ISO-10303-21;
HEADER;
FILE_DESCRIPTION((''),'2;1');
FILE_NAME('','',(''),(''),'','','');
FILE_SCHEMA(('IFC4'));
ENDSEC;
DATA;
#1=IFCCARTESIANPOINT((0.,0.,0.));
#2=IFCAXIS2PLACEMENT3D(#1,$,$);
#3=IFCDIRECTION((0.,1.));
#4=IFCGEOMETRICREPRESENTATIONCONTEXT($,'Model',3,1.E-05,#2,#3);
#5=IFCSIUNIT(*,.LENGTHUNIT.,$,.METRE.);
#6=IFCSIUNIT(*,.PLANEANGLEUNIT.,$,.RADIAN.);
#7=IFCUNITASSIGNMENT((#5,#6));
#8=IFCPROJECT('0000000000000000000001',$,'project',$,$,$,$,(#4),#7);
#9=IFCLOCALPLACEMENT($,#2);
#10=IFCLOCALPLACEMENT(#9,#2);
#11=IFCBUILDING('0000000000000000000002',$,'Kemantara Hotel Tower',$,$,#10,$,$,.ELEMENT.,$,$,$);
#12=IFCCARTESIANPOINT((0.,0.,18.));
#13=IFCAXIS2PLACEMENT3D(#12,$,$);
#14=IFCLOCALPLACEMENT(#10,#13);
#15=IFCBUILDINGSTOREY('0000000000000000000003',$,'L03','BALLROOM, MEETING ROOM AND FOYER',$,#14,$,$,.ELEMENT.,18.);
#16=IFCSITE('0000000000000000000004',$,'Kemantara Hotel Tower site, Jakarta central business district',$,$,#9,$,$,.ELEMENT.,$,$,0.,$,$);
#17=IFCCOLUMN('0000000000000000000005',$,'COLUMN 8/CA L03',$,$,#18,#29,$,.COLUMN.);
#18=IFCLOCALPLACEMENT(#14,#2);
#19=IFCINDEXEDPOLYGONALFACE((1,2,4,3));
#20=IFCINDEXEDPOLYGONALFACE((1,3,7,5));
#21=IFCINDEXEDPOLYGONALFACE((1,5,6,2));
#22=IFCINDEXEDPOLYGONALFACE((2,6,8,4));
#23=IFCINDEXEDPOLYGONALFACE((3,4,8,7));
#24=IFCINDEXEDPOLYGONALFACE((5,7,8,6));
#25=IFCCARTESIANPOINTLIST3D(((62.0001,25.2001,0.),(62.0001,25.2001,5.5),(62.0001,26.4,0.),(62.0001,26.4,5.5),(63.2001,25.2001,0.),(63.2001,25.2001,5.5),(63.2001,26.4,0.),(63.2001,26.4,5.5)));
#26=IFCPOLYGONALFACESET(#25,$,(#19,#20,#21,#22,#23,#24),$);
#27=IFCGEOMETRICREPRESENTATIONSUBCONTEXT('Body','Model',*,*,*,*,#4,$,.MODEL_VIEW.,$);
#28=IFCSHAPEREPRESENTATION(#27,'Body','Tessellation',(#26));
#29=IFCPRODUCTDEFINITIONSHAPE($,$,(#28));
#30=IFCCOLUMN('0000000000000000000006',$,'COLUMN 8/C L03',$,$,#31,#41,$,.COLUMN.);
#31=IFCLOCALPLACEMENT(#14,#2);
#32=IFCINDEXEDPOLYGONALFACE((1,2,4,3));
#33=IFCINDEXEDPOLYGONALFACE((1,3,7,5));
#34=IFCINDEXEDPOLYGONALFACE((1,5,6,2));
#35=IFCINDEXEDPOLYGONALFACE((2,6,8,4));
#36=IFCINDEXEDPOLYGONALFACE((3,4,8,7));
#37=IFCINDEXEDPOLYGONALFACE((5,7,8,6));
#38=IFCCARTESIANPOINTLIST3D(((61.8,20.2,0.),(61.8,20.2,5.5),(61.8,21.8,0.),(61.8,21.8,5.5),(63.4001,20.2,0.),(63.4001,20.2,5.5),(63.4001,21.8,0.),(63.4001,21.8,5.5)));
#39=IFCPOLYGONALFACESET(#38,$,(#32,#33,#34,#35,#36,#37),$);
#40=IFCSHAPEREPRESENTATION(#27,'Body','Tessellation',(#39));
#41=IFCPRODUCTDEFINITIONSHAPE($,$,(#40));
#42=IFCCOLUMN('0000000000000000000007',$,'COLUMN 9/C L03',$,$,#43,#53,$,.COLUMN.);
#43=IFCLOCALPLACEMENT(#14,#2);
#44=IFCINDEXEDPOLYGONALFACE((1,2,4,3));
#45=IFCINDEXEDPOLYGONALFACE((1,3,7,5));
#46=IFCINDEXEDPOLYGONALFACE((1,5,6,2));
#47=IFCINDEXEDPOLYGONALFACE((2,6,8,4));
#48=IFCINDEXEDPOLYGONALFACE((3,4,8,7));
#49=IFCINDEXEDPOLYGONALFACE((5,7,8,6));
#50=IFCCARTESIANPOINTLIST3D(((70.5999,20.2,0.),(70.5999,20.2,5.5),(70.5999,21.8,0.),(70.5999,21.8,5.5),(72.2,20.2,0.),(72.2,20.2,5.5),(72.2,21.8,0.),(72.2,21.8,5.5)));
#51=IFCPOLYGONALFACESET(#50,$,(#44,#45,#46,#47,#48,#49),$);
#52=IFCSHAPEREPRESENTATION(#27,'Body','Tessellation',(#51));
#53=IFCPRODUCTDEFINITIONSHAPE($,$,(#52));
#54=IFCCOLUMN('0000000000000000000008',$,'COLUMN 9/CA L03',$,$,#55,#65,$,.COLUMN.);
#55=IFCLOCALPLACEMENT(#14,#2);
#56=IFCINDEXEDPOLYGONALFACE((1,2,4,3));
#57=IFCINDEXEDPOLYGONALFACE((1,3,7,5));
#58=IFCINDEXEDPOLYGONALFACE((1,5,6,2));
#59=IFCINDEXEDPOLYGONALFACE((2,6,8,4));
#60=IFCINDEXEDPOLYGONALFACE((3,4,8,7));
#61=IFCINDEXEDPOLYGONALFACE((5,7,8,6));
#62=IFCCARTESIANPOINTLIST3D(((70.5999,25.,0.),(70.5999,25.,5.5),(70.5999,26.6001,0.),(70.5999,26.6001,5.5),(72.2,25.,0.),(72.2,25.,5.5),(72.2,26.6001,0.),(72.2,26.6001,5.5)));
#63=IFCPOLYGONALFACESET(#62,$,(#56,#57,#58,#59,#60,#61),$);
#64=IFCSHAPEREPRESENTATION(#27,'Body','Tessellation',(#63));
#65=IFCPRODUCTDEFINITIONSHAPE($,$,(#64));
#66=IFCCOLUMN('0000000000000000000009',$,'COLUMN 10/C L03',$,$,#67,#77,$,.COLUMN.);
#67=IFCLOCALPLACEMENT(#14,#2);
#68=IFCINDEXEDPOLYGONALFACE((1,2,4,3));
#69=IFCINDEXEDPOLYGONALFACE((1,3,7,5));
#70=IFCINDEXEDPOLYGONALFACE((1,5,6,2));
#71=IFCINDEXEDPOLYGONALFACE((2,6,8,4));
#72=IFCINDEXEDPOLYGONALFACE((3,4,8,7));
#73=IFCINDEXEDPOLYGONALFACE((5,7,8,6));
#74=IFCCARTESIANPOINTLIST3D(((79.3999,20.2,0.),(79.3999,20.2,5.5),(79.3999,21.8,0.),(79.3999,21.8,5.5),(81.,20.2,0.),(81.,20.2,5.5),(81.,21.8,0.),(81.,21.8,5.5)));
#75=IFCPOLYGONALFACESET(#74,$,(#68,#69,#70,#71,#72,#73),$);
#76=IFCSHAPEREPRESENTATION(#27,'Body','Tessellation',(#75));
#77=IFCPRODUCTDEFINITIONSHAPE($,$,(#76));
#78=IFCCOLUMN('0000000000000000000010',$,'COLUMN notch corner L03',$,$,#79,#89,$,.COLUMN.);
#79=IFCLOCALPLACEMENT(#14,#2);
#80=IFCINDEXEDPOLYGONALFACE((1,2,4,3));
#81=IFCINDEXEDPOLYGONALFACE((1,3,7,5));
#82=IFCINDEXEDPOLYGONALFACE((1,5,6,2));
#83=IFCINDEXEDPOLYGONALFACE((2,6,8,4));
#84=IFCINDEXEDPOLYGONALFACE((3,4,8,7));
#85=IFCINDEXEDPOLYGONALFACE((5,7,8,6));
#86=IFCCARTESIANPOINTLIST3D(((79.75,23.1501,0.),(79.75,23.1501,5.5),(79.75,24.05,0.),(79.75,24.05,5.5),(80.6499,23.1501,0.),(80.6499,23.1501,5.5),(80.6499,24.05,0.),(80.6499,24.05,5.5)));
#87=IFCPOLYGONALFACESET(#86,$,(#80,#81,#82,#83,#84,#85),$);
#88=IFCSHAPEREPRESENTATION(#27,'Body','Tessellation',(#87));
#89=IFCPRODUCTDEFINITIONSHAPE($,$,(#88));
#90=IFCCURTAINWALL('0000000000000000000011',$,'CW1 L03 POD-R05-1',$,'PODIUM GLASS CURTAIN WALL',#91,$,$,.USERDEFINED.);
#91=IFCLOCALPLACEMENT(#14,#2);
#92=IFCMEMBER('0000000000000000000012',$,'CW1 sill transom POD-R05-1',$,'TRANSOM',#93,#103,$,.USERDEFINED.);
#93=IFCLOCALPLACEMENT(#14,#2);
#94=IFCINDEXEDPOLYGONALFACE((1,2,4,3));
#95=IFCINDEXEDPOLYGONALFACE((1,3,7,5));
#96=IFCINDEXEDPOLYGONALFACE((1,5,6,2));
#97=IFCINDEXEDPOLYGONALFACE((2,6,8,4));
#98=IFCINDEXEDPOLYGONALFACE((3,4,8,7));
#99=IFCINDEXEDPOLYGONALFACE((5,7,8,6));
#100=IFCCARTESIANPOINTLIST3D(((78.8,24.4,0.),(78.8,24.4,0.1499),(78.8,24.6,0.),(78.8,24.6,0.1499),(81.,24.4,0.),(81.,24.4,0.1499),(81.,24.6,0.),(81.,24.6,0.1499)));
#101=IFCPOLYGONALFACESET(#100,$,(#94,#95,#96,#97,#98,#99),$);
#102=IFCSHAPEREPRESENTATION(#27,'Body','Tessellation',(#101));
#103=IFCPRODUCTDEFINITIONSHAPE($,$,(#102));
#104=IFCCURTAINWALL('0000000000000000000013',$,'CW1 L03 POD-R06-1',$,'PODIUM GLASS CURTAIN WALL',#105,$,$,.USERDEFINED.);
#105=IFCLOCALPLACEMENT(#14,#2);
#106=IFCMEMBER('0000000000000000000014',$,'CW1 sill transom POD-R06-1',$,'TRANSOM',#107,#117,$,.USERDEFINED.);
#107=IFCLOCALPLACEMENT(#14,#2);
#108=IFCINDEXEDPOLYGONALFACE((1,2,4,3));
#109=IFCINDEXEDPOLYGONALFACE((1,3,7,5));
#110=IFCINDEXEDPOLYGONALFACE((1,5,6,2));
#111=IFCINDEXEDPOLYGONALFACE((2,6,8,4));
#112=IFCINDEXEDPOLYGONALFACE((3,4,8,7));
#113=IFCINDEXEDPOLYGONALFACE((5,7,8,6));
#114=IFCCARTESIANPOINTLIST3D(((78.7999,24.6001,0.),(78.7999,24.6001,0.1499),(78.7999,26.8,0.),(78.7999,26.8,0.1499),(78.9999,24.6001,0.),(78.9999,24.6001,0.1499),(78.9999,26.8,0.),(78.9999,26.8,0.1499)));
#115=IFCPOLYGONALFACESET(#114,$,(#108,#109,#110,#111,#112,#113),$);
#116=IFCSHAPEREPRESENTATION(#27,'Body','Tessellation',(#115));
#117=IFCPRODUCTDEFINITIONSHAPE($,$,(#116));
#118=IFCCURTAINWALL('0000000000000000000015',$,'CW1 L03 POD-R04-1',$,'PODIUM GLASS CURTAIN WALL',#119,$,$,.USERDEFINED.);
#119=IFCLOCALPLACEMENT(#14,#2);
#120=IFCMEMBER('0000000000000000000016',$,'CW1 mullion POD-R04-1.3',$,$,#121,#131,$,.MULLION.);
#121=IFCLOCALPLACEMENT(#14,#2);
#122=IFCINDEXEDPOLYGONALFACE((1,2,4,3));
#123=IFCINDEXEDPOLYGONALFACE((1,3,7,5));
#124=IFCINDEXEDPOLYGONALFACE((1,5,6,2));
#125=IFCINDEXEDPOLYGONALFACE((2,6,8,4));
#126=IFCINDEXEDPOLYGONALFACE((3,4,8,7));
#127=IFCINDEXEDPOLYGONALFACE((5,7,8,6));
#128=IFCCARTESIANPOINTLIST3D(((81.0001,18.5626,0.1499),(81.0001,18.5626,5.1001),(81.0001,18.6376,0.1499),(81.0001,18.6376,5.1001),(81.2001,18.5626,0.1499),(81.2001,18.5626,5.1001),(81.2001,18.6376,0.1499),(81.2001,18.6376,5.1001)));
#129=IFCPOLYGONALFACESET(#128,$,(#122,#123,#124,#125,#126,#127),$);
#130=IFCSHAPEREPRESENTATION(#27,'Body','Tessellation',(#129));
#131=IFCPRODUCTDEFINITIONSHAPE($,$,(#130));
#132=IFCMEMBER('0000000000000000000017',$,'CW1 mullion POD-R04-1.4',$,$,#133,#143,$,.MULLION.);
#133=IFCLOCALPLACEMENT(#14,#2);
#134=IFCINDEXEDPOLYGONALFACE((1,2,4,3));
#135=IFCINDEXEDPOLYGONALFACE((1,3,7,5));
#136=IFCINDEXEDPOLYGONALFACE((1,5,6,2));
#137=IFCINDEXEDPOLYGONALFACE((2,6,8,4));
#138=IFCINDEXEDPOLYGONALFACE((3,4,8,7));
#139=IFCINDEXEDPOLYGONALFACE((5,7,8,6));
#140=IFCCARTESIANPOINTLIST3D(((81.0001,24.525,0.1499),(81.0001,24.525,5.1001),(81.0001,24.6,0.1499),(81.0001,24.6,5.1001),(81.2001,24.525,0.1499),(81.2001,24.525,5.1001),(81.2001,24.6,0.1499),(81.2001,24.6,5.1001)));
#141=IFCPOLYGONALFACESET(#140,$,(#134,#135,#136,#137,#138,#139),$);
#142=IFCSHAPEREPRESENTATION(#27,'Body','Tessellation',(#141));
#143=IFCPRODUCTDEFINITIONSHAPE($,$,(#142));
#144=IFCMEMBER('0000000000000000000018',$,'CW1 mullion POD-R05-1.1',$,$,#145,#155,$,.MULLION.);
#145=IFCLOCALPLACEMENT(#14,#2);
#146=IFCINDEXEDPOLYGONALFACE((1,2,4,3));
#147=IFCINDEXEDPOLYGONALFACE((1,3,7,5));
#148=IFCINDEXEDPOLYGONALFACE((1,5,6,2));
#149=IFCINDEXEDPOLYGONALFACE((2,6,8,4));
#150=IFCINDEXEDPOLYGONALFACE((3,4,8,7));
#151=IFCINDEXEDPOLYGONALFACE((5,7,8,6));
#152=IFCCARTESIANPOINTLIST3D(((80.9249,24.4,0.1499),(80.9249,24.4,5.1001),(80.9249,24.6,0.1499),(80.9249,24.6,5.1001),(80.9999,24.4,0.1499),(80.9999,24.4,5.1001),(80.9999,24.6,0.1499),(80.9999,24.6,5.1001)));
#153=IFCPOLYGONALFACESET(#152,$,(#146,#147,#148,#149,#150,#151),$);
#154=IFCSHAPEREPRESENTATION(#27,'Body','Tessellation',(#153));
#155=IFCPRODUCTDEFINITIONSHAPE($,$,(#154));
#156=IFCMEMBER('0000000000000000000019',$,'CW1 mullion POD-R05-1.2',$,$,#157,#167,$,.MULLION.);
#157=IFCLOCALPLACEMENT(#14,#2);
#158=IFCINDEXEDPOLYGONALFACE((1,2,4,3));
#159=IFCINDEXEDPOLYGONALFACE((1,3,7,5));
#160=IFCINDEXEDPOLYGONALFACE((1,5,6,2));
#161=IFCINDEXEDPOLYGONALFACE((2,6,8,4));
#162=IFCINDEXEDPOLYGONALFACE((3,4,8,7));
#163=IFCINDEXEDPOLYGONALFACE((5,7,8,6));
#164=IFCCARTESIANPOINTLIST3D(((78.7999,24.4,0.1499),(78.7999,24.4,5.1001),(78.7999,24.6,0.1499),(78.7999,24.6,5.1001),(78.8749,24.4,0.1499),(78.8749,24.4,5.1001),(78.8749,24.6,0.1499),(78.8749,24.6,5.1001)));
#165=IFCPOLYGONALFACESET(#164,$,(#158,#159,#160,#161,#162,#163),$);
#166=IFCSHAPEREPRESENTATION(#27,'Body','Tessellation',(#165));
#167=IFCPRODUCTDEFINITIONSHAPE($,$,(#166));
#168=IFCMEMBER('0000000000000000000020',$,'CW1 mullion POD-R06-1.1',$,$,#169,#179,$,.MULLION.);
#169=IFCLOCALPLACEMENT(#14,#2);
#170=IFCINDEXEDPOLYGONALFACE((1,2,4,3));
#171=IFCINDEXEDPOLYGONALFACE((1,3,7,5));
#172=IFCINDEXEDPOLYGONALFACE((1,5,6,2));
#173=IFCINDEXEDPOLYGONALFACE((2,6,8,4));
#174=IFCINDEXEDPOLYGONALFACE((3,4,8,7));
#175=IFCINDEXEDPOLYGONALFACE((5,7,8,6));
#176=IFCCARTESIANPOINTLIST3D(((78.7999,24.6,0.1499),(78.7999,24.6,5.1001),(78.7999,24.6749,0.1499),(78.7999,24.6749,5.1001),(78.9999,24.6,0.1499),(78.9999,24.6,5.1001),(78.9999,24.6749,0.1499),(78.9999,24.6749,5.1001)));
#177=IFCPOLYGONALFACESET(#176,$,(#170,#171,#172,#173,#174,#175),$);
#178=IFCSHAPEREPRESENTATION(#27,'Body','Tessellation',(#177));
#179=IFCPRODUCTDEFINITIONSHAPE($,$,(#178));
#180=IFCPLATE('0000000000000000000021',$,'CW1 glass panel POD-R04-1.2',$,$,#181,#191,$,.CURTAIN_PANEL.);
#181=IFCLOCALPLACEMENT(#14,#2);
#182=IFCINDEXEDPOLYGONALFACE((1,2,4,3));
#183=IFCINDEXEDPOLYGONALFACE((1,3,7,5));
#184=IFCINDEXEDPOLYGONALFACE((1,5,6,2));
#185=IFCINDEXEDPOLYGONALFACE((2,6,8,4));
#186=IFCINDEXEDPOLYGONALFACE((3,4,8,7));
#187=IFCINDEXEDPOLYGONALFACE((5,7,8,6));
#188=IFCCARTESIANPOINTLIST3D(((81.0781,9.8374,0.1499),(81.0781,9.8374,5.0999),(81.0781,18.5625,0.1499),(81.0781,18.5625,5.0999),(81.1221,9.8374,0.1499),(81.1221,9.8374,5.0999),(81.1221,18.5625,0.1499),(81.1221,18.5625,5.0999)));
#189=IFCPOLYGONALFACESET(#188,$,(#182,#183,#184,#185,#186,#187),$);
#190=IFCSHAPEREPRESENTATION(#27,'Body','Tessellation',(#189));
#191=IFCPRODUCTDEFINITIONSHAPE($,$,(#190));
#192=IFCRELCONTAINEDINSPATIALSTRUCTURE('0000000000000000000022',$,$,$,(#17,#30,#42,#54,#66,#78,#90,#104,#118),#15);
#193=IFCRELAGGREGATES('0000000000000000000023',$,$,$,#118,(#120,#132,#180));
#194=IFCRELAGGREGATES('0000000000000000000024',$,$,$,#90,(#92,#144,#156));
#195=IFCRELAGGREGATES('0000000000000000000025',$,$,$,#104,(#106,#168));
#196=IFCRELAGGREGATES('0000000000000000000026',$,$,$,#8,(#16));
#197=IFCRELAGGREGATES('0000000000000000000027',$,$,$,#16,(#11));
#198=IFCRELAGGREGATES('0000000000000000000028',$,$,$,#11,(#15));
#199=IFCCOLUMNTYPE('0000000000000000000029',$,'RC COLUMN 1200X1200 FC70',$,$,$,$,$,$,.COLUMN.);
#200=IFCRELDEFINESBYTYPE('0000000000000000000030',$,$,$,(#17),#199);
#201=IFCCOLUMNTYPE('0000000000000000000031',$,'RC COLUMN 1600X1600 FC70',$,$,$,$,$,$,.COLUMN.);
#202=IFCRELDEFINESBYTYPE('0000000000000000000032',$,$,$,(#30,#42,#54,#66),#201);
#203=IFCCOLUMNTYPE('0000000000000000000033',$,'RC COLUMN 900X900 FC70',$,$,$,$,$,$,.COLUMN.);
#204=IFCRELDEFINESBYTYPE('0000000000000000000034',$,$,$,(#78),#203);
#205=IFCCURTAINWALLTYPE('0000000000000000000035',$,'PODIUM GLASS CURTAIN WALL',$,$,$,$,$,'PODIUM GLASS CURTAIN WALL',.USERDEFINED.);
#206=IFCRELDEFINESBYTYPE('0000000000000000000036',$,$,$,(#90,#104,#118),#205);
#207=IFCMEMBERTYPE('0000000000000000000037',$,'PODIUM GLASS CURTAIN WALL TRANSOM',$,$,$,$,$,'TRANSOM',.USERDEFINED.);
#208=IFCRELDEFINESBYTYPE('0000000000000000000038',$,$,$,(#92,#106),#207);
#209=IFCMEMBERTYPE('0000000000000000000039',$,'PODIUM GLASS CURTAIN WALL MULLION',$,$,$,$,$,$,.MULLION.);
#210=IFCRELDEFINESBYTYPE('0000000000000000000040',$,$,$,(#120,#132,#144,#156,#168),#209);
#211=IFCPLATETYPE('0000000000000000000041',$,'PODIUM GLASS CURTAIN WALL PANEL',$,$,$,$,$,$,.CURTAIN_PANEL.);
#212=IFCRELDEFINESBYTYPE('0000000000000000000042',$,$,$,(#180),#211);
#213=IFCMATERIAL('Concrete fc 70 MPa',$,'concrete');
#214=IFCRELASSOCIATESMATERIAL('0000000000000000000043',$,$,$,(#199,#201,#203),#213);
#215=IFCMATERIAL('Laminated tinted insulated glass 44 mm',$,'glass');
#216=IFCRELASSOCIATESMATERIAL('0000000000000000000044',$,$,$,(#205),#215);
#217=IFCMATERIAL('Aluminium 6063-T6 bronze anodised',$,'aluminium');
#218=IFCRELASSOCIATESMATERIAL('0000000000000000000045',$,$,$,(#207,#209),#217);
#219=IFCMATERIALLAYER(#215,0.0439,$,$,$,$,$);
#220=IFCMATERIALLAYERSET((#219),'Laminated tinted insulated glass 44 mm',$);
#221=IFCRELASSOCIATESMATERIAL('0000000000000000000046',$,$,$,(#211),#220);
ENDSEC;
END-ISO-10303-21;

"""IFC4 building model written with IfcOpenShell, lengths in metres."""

from ifc_helpers import new_model, si_unit, direction, frame, origin, origin_2d, place, context, subcontext, project, spatial, rectangle, extrude, source, transform, mapped, material, layer, layer_set, material_profile, profile_set, type_object, element, aggregate, save


model = new_model("IFC4")

# Units and contexts
model_context = context("Model", 3, precision=1e-05, world=origin(), true_north=direction((0.0, 1.0)))
body_context = subcontext(model_context, "Body", "Model", "MODEL_VIEW")
ifc_project = project(units=[si_unit("LENGTHUNIT", "METRE"), si_unit("PLANEANGLEUNIT", "RADIAN")], contexts=[model_context])

# Site, building, storey
site_placement = place(None, origin())
site = spatial("IfcSite", under=ifc_project, at=site_placement, Name="Kemantara Hotel Tower site, Jakarta central business district", CompositionType="ELEMENT", RefElevation=0.0)
building_placement = place(site_placement, origin())
building = spatial("IfcBuilding", under=site, at=building_placement, Name="Kemantara Hotel Tower", CompositionType="ELEMENT")
storey_placement = place(building_placement, frame((0.0, 0.0, 18.0)))
storey = spatial("IfcBuildingStorey", under=building, at=storey_placement, Name="L03", Description="BALLROOM, MEETING ROOM AND FOYER", CompositionType="ELEMENT", Elevation=18.0)

# Columns
ifc_material_1 = material(Name="Concrete fc 70 MPa", Category="concrete")
ifc_material_profile_1 = material_profile(ifc_material_1, rectangle(XDim=1.2, YDim=1.2, at=origin_2d()), Name="RC 1200X1200")
ifc_profile_set_1 = profile_set([ifc_material_profile_1], Name="Concrete fc 70 MPa")
column_type_1 = type_object("IfcColumnType", Name="RC COLUMN 1200X1200 FC70", PredefinedType="COLUMN", material=ifc_profile_set_1)
column_1_placement = place(storey_placement, frame((62.6001, 25.8, 0.0), z_axis=(0.0, 0.0, 1.0), x_axis=(1.0, 0.0, 0.0)))
element("IfcColumn", 1, at=column_1_placement, inside=storey, type_object=column_type_1, Name="COLUMN 8/CA L03", PredefinedType="COLUMN", context=body_context, shape_type="SweptSolid", body=[
    extrude(rectangle(XDim=1.2, YDim=1.2, at=origin_2d()), origin(), (0.0, 0.0, 1.0), 5.5),
])
ifc_material_profile_2 = material_profile(ifc_material_1, rectangle(XDim=1.6001, YDim=1.6001, at=origin_2d()), Name="RC 1600X1600")
ifc_profile_set_2 = profile_set([ifc_material_profile_2], Name="Concrete fc 70 MPa")
column_type_2 = type_object("IfcColumnType", Name="RC COLUMN 1600X1600 FC70", PredefinedType="COLUMN", material=ifc_profile_set_2)
for number, where, z_axis, x_axis, name in (
    (2, (62.6001, 21.0, 0.0), (0.0, 0.0, 1.0), (1.0, 0.0, 0.0), "COLUMN 8/C L03"),
    (3, (71.3999, 21.0, 0.0), (0.0, 0.0, 1.0), (1.0, 0.0, 0.0), "COLUMN 9/C L03"),
    (4, (71.3999, 25.8, 0.0), (0.0, 0.0, 1.0), (1.0, 0.0, 0.0), "COLUMN 9/CA L03"),
    (5, (80.2, 21.0, 0.0), (0.0, 0.0, 1.0), (1.0, 0.0, 0.0), "COLUMN 10/C L03"),
):
    element("IfcColumn", number, at=place(storey_placement, frame(where, z_axis=z_axis, x_axis=x_axis)), inside=storey, type_object=column_type_2, Name=name, PredefinedType="COLUMN", context=body_context, shape_type="SweptSolid", body=[
        extrude(rectangle(XDim=1.6001, YDim=1.6001, at=origin_2d()), origin(), (0.0, 0.0, 1.0), 5.5),
    ])
ifc_material_profile_3 = material_profile(ifc_material_1, rectangle(XDim=0.8999, YDim=0.8999, at=origin_2d()), Name="RC 900X900")
ifc_profile_set_3 = profile_set([ifc_material_profile_3], Name="Concrete fc 70 MPa")
column_type_3 = type_object("IfcColumnType", Name="RC COLUMN 900X900 FC70", PredefinedType="COLUMN", material=ifc_profile_set_3)
column_2_placement = place(storey_placement, frame((80.2, 23.6001, 0.0), z_axis=(0.0, 0.0, 1.0), x_axis=(1.0, 0.0, 0.0)))
element("IfcColumn", 6, at=column_2_placement, inside=storey, type_object=column_type_3, Name="COLUMN notch corner L03", PredefinedType="COLUMN", context=body_context, shape_type="SweptSolid", body=[
    extrude(rectangle(XDim=0.8999, YDim=0.8999, at=origin_2d()), origin(), (0.0, 0.0, 1.0), 5.5),
])

# Curtain walls, members
ifc_material_2 = material(Name="Laminated tinted insulated glass 44 mm", Category="glass")
curtain_wall_type = type_object("IfcCurtainWallType", Name="PODIUM GLASS CURTAIN WALL", ElementType="PODIUM GLASS CURTAIN WALL", PredefinedType="USERDEFINED", material=ifc_material_2)
curtain_wall_1_placement = place(storey_placement, origin())
curtain_wall_1 = element("IfcCurtainWall", 7, at=curtain_wall_1_placement, inside=storey, type_object=curtain_wall_type, Name="CW1 L03 POD-R05-1", ObjectType="PODIUM GLASS CURTAIN WALL", PredefinedType="USERDEFINED")
ifc_material_3 = material(Name="Aluminium 6063-T6 bronze anodised", Category="aluminium")
ifc_material_profile_4 = material_profile(ifc_material_3, rectangle(XDim=0.2, YDim=0.1499, at=origin_2d()), Name="PODIUM GLASS CURTAIN WALL TRANSOM")
ifc_profile_set_4 = profile_set([ifc_material_profile_4], Name="Aluminium 6063-T6 bronze anodised")
member_type_1 = type_object("IfcMemberType", Name="PODIUM GLASS CURTAIN WALL TRANSOM", ElementType="TRANSOM", PredefinedType="USERDEFINED", material=ifc_profile_set_4)
member_1_placement = place(storey_placement, frame((81.0, 24.5, 0.075), z_axis=(-1.0, 0.0, 0.0), x_axis=(0.0, -1.0, 0.0)))
member_1 = element("IfcMember", 8, at=member_1_placement, type_object=member_type_1, Name="CW1 sill transom POD-R05-1", ObjectType="TRANSOM", PredefinedType="USERDEFINED", context=body_context, shape_type="SweptSolid", body=[
    extrude(rectangle(XDim=0.2, YDim=0.1499, at=origin_2d()), origin(), (0.0, 0.0, 1.0), 2.2),
])
curtain_wall_2_placement = place(storey_placement, origin())
curtain_wall_2 = element("IfcCurtainWall", 9, at=curtain_wall_2_placement, inside=storey, type_object=curtain_wall_type, Name="CW1 L03 POD-R06-1", ObjectType="PODIUM GLASS CURTAIN WALL", PredefinedType="USERDEFINED")
member_2_placement = place(storey_placement, frame((78.8999, 24.6001, 0.075), z_axis=(0.0, 1.0, 0.0), x_axis=(-1.0, 0.0, 0.0)))
member_2 = element("IfcMember", 10, at=member_2_placement, type_object=member_type_1, Name="CW1 sill transom POD-R06-1", ObjectType="TRANSOM", PredefinedType="USERDEFINED", context=body_context, shape_type="SweptSolid", body=[
    extrude(rectangle(XDim=0.2, YDim=0.1499, at=origin_2d()), origin(), (0.0, 0.0, 1.0), 2.2),
])

# Curtain wall, members
curtain_wall_3_placement = place(storey_placement, origin())
curtain_wall_3 = element("IfcCurtainWall", 11, at=curtain_wall_3_placement, inside=storey, type_object=curtain_wall_type, Name="CW1 L03 POD-R04-1", ObjectType="PODIUM GLASS CURTAIN WALL", PredefinedType="USERDEFINED")
ifc_material_profile_5 = material_profile(ifc_material_3, rectangle(XDim=0.2, YDim=0.075, at=origin_2d()), Name="PODIUM GLASS CURTAIN WALL MULLION")
ifc_profile_set_5 = profile_set([ifc_material_profile_5], Name="Aluminium 6063-T6 bronze anodised")
member_type_2 = type_object("IfcMemberType", Name="PODIUM GLASS CURTAIN WALL MULLION", PredefinedType="MULLION", material=ifc_profile_set_5)
shared_shape_1 = source(origin(), body_context, "Body", "SweptSolid", [
    extrude(rectangle(XDim=0.2, YDim=0.075, at=origin_2d()), origin(), (0.0, 0.0, 1.0), 4.9502),
])
member_3_placement = place(storey_placement, frame((81.1001, 18.6001, 0.1499), z_axis=(0.0, 0.0, 1.0), x_axis=(-1.0, 0.0, 0.0)))
member_3 = element("IfcMember", 12, at=member_3_placement, type_object=member_type_2, Name="CW1 mullion POD-R04-1.3", PredefinedType="MULLION", context=body_context, shape_type="MappedRepresentation", body=[
    mapped(shared_shape_1, transform((0.0, 0.0, 0.0))),
])
member_4_placement = place(storey_placement, frame((81.1001, 24.5625, 0.1499), z_axis=(0.0, 0.0, 1.0), x_axis=(-1.0, 0.0, 0.0)))
member_4 = element("IfcMember", 13, at=member_4_placement, type_object=member_type_2, Name="CW1 mullion POD-R04-1.4", PredefinedType="MULLION", context=body_context, shape_type="MappedRepresentation", body=[
    mapped(shared_shape_1, transform((0.0, 0.0, 0.0))),
])

# Members
member_5_placement = place(storey_placement, frame((80.9624, 24.5, 0.1499), z_axis=(0.0, 0.0, 1.0), x_axis=(0.0, -1.0, 0.0)))
member_5 = element("IfcMember", 14, at=member_5_placement, type_object=member_type_2, Name="CW1 mullion POD-R05-1.1", PredefinedType="MULLION", context=body_context, shape_type="MappedRepresentation", body=[
    mapped(shared_shape_1, transform((0.0, 0.0, 0.0))),
])
member_6_placement = place(storey_placement, frame((78.8374, 24.5, 0.1499), z_axis=(0.0, 0.0, 1.0), x_axis=(0.0, -1.0, 0.0)))
member_6 = element("IfcMember", 15, at=member_6_placement, type_object=member_type_2, Name="CW1 mullion POD-R05-1.2", PredefinedType="MULLION", context=body_context, shape_type="MappedRepresentation", body=[
    mapped(shared_shape_1, transform((0.0, 0.0, 0.0))),
])
member_7_placement = place(storey_placement, frame((78.8999, 24.6375, 0.1499), z_axis=(0.0, 0.0, 1.0), x_axis=(-1.0, 0.0, 0.0)))
member_7 = element("IfcMember", 16, at=member_7_placement, type_object=member_type_2, Name="CW1 mullion POD-R06-1.1", PredefinedType="MULLION", context=body_context, shape_type="MappedRepresentation", body=[
    mapped(shared_shape_1, transform((0.0, 0.0, 0.0))),
])

# Plate
ifc_layer_1 = layer(ifc_material_2, 0.0439)
ifc_layer_set_1 = layer_set([ifc_layer_1], Name="Laminated tinted insulated glass 44 mm")
plate_type = type_object("IfcPlateType", Name="PODIUM GLASS CURTAIN WALL PANEL", PredefinedType="CURTAIN_PANEL", material=ifc_layer_set_1)
shared_shape_2 = source(origin(), body_context, "Body", "SweptSolid", [
    extrude(rectangle(XDim=8.7251, YDim=0.0439, at=origin_2d()), origin(), (0.0, 0.0, 1.0), 4.95),
])
plate_1_placement = place(storey_placement, frame((81.1001, 14.2, 0.1499), z_axis=(0.0, 0.0, 1.0), x_axis=(0.0, 1.0, 0.0)))
plate_1 = element("IfcPlate", 17, at=plate_1_placement, type_object=plate_type, Name="CW1 glass panel POD-R04-1.2", PredefinedType="CURTAIN_PANEL", context=body_context, shape_type="MappedRepresentation", body=[
    mapped(shared_shape_2, transform((0.0, 0.0, 0.0))),
])
aggregate(curtain_wall_3, [member_3, member_4, plate_1])
aggregate(curtain_wall_1, [member_1, member_5, member_6])
aggregate(curtain_wall_2, [member_2, member_7])

save(model, "model.ifc")
